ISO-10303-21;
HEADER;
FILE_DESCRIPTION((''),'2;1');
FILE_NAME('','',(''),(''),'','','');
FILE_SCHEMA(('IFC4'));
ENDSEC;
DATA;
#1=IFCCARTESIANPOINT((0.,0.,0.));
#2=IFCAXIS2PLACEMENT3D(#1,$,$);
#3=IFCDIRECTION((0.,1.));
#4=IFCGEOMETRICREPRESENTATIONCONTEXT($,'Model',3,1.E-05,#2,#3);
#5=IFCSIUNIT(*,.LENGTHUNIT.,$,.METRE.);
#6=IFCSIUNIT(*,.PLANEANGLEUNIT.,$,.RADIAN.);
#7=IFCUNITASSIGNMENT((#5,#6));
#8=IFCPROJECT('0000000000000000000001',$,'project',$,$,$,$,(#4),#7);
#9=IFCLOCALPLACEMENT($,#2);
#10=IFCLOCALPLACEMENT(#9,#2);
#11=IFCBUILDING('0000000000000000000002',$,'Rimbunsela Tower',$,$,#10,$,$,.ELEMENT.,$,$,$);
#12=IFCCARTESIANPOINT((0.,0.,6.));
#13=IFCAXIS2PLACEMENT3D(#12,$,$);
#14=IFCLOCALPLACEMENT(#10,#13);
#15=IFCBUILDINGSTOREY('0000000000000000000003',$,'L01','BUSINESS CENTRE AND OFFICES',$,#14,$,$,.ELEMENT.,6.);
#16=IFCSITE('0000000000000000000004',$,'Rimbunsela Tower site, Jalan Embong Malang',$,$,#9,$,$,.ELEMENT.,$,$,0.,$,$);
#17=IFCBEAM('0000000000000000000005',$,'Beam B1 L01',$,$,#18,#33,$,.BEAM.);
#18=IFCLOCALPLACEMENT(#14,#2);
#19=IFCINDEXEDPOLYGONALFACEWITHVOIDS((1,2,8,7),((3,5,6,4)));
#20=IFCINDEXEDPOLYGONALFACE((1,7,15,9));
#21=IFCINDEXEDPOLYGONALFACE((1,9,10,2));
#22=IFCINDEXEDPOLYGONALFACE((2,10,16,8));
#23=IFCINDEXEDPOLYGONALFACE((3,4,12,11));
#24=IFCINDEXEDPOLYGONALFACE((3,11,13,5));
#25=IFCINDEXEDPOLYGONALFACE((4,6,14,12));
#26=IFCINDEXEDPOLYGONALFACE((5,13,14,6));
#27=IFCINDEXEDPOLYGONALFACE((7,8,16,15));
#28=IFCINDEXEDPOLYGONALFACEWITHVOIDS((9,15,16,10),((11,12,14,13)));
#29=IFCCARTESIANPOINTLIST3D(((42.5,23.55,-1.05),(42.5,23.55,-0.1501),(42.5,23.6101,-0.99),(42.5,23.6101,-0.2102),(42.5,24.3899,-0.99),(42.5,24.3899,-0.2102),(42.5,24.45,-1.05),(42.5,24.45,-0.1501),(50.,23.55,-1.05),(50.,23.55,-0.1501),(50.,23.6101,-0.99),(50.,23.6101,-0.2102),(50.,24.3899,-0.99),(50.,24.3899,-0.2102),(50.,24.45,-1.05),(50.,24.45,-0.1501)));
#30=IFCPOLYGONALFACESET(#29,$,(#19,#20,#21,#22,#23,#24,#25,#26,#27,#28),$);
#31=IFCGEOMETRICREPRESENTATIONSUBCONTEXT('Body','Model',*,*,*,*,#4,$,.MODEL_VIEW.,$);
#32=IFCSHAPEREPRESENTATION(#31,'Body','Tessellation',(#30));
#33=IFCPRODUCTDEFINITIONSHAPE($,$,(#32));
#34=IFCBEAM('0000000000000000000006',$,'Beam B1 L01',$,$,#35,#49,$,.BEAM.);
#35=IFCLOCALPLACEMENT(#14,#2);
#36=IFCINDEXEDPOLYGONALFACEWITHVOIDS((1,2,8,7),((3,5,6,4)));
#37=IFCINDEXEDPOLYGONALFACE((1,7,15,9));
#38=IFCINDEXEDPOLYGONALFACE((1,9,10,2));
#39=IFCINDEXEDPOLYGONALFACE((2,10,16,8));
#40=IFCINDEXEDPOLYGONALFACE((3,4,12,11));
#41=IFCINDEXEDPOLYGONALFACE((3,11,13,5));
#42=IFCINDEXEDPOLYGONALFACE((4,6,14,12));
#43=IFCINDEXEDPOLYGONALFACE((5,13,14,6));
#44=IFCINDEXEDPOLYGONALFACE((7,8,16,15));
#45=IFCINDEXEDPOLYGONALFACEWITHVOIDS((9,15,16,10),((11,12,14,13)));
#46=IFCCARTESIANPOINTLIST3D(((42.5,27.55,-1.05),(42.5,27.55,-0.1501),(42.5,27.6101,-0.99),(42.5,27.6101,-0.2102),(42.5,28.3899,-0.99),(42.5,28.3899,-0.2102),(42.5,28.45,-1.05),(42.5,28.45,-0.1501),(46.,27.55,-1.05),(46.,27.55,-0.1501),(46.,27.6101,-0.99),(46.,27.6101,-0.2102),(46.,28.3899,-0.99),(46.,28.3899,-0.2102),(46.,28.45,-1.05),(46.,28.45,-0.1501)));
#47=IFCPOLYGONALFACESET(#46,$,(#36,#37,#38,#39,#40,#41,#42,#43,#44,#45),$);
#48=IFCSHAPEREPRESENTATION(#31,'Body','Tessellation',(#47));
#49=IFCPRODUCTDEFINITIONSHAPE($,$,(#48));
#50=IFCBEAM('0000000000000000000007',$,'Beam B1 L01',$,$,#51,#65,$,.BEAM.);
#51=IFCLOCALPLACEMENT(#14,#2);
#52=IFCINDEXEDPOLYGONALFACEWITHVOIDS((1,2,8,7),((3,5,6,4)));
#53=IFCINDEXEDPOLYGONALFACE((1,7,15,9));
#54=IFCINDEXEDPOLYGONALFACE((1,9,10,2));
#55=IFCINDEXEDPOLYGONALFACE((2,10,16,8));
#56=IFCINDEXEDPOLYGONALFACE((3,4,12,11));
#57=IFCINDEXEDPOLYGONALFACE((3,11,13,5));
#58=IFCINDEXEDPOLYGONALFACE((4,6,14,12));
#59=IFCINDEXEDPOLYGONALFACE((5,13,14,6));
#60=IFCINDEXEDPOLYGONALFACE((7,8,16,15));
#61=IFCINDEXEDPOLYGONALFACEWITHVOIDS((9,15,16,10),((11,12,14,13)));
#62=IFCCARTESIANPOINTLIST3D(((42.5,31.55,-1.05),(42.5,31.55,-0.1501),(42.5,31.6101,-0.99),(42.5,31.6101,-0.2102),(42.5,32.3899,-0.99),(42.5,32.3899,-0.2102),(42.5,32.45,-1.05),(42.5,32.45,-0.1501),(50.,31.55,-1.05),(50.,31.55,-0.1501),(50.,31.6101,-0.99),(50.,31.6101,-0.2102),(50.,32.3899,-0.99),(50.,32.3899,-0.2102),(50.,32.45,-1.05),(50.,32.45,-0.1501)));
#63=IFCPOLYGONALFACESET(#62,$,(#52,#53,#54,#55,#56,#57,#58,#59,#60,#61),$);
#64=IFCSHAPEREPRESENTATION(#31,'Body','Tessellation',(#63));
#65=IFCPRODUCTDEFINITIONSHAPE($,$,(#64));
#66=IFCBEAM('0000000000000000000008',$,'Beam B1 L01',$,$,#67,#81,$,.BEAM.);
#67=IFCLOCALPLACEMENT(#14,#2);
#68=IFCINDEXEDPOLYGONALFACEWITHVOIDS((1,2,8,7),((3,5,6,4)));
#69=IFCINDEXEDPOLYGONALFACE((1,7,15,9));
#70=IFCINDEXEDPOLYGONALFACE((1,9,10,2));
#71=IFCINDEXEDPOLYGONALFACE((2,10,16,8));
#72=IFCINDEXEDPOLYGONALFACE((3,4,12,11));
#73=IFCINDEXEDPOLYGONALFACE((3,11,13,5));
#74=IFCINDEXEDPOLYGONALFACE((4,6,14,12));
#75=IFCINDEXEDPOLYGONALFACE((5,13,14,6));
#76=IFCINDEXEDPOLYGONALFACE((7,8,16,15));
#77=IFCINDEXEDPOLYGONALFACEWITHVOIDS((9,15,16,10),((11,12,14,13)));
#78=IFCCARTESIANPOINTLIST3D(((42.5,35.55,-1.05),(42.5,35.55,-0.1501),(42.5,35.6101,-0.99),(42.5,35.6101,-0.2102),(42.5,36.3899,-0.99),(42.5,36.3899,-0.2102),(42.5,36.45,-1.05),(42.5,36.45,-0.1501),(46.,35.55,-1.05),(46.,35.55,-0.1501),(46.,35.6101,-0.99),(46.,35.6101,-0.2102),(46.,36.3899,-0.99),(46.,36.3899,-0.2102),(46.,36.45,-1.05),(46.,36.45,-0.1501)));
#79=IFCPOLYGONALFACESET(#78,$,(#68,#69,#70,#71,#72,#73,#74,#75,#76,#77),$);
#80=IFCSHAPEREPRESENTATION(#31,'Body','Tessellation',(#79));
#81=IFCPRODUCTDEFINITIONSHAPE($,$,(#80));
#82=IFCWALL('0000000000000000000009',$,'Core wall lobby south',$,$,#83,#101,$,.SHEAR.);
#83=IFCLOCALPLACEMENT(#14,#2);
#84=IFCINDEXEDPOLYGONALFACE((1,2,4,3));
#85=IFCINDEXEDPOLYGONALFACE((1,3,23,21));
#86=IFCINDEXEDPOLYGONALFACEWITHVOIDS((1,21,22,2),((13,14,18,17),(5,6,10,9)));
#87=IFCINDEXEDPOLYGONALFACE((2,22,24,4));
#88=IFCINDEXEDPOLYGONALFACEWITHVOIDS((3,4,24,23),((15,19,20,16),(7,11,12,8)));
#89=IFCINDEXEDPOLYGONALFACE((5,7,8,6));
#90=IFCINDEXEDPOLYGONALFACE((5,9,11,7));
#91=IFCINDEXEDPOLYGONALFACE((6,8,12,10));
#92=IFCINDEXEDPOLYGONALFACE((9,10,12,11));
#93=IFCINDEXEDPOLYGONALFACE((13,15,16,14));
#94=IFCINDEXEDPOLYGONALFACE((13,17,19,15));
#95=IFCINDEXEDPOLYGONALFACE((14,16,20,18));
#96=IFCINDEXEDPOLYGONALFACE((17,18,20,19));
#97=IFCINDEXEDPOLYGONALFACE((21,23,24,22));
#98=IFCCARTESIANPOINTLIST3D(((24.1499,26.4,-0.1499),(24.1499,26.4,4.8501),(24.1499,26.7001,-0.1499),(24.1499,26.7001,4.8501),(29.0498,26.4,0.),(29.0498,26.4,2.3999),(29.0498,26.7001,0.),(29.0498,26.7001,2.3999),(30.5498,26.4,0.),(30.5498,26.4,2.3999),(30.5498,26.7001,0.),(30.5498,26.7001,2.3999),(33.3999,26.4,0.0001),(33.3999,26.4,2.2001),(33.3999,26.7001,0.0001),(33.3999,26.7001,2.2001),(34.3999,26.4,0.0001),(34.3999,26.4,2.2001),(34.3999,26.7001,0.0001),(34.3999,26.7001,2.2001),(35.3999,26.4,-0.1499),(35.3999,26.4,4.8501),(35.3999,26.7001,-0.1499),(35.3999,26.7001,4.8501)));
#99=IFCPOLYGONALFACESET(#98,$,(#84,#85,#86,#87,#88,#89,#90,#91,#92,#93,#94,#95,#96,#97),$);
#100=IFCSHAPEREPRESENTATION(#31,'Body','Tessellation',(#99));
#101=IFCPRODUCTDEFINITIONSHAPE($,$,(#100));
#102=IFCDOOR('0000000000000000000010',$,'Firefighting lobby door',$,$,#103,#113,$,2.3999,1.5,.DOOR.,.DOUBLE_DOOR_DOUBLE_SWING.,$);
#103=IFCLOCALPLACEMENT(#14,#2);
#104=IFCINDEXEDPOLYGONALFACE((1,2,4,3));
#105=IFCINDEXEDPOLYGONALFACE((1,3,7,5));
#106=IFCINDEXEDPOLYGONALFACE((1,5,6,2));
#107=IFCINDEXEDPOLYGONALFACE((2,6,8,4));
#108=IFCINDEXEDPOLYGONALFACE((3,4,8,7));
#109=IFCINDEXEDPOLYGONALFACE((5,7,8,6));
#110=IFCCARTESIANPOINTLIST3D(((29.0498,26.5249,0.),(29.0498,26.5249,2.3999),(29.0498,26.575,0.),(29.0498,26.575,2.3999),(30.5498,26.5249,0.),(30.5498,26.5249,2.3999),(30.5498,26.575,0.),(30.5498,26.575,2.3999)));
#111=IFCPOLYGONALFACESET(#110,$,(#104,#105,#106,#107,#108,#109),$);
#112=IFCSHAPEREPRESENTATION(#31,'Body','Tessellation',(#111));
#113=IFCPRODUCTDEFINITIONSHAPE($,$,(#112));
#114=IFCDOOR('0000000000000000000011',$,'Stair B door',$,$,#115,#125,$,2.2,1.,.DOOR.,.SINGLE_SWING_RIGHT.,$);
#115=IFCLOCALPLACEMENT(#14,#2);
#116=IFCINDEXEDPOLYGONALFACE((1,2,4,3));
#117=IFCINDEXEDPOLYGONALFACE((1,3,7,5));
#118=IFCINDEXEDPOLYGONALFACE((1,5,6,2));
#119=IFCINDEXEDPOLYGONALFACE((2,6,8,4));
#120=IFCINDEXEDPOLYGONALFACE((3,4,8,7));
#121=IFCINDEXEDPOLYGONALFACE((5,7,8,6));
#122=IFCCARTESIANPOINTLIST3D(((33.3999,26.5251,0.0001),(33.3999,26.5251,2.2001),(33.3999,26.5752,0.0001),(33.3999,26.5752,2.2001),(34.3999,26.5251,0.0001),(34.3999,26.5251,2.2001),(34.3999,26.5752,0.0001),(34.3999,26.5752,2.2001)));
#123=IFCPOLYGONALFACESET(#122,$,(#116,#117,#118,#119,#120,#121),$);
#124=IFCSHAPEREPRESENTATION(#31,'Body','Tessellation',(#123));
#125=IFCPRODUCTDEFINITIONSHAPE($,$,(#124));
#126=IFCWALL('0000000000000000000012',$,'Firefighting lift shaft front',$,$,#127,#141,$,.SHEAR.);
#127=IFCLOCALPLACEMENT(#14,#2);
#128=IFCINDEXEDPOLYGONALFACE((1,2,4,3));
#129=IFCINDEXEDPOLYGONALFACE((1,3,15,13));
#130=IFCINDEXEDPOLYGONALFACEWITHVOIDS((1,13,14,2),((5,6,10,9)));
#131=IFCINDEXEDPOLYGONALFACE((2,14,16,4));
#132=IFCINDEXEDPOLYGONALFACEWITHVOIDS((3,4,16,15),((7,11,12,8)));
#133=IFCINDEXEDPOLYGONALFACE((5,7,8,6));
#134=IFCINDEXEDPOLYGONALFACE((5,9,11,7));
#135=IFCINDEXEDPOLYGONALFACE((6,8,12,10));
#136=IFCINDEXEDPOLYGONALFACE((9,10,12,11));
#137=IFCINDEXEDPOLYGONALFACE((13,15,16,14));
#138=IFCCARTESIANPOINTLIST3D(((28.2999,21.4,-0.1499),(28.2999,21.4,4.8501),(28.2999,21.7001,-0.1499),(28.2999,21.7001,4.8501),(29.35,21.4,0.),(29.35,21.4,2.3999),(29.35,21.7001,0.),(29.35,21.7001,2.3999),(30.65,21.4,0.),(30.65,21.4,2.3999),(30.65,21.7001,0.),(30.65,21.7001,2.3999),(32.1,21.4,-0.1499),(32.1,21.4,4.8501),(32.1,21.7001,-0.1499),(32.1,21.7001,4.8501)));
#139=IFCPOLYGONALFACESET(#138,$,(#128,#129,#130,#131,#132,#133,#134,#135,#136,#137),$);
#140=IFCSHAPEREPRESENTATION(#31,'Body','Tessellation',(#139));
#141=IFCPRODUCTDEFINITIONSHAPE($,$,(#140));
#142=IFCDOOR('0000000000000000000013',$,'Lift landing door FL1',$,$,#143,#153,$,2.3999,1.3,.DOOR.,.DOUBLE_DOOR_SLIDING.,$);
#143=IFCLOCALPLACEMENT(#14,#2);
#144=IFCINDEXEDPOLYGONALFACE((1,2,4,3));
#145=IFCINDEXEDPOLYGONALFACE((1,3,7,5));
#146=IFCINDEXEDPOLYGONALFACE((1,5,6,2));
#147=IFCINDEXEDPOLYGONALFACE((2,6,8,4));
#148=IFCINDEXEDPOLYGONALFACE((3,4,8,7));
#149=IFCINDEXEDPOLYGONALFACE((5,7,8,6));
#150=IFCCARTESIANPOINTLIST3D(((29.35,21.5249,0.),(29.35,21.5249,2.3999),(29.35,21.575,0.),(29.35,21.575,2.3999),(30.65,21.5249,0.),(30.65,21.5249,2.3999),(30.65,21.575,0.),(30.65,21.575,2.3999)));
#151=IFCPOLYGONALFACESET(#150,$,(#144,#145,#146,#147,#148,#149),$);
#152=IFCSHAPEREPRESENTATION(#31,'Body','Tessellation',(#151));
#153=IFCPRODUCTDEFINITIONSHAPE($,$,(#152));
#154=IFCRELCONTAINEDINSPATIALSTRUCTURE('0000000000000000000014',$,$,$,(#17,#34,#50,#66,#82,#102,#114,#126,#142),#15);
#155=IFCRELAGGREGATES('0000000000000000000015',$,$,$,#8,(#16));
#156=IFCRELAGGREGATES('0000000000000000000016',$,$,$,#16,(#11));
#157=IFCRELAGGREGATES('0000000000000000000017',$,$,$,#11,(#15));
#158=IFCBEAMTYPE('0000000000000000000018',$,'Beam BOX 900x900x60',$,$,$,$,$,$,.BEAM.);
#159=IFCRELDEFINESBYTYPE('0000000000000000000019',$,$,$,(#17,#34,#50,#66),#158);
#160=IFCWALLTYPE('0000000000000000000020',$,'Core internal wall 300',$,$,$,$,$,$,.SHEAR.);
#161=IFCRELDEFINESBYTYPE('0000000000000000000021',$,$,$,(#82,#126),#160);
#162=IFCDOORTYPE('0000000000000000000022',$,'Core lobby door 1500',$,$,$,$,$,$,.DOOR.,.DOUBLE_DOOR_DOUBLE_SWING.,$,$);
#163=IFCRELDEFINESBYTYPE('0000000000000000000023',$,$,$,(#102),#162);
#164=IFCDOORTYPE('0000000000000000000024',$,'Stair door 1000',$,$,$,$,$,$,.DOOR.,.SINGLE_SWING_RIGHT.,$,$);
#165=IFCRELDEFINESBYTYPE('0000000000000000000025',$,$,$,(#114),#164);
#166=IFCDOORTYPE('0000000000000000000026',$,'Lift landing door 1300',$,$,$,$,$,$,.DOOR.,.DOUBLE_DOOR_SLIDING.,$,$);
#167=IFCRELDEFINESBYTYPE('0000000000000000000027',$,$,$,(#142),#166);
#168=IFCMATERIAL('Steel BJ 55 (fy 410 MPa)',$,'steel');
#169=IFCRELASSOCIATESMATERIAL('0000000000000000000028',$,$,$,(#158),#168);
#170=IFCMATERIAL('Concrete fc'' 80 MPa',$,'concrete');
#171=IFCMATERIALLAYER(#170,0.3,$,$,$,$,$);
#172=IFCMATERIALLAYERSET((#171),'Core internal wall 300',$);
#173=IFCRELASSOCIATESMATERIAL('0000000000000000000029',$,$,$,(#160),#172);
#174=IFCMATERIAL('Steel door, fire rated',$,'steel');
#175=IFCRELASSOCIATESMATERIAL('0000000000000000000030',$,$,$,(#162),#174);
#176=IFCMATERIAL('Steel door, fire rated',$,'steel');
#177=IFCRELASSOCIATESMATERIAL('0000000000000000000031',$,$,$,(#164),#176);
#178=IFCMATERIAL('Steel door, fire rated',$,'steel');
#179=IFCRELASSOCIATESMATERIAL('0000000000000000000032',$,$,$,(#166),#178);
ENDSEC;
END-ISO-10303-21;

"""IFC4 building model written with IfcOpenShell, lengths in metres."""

from ifc_helpers import new_model, si_unit, direction, frame, frame_2d, origin, origin_2d, place, context, subcontext, project, spatial, rectangle, hollow_rectangle, extrude, material, layer, layer_set, material_profile, profile_set, type_object, element, fill, save


model = new_model("IFC4")

# Units and contexts
model_context = context("Model", 3, precision=1e-05, world=origin(), true_north=direction((0.0, 1.0)))
body_context = subcontext(model_context, "Body", "Model", "MODEL_VIEW")
ifc_project = project(units=[si_unit("LENGTHUNIT", "METRE"), si_unit("PLANEANGLEUNIT", "RADIAN")], contexts=[model_context])

# Site, building, storey
site_placement = place(None, origin())
site = spatial("IfcSite", under=ifc_project, at=site_placement, Name="Rimbunsela Tower site, Jalan Embong Malang", CompositionType="ELEMENT", RefElevation=0.0)
building_placement = place(site_placement, origin())
building = spatial("IfcBuilding", under=site, at=building_placement, Name="Rimbunsela Tower", CompositionType="ELEMENT")
storey_placement = place(building_placement, frame((0.0, 0.0, 6.0)))
storey = spatial("IfcBuildingStorey", under=building, at=storey_placement, Name="L01", Description="BUSINESS CENTRE AND OFFICES", CompositionType="ELEMENT", Elevation=6.0)

# Beams
ifc_material_1 = material(Name="Steel BJ 55 (fy 410 MPa)", Category="steel")
ifc_material_profile = material_profile(ifc_material_1, hollow_rectangle(XDim=0.8999, YDim=0.8999, WallThickness=0.0601, at=origin_2d()), Name="BOX 900x900x60")
ifc_profile_set = profile_set([ifc_material_profile], Name="Steel BJ 55 (fy 410 MPa)")
beam_type = type_object("IfcBeamType", Name="Beam BOX 900x900x60", PredefinedType="BEAM", material=ifc_profile_set)
beam_1_placement = place(storey_placement, frame((42.5, 24.0, -0.6001), z_axis=(1.0, 0.0, 0.0), x_axis=(0.0, 1.0, 0.0)))
element("IfcBeam", 1, at=beam_1_placement, inside=storey, type_object=beam_type, Name="Beam B1 L01", PredefinedType="BEAM", context=body_context, shape_type="SweptSolid", body=[
    extrude(hollow_rectangle(XDim=0.8999, YDim=0.8999, WallThickness=0.0601, at=origin_2d()), origin(), (0.0, 0.0, 1.0), 7.5),
])
beam_2_placement = place(storey_placement, frame((42.5, 28.0, -0.6001), z_axis=(1.0, 0.0, 0.0), x_axis=(0.0, 1.0, 0.0)))
element("IfcBeam", 2, at=beam_2_placement, inside=storey, type_object=beam_type, Name="Beam B1 L01", PredefinedType="BEAM", context=body_context, shape_type="SweptSolid", body=[
    extrude(hollow_rectangle(XDim=0.8999, YDim=0.8999, WallThickness=0.0601, at=origin_2d()), origin(), (0.0, 0.0, 1.0), 3.5),
])
beam_3_placement = place(storey_placement, frame((42.5, 32.0, -0.6001), z_axis=(1.0, 0.0, 0.0), x_axis=(0.0, 1.0, 0.0)))
element("IfcBeam", 3, at=beam_3_placement, inside=storey, type_object=beam_type, Name="Beam B1 L01", PredefinedType="BEAM", context=body_context, shape_type="SweptSolid", body=[
    extrude(hollow_rectangle(XDim=0.8999, YDim=0.8999, WallThickness=0.0601, at=origin_2d()), origin(), (0.0, 0.0, 1.0), 7.5),
])
beam_4_placement = place(storey_placement, frame((42.5, 36.0, -0.6001), z_axis=(1.0, 0.0, 0.0), x_axis=(0.0, 1.0, 0.0)))
element("IfcBeam", 4, at=beam_4_placement, inside=storey, type_object=beam_type, Name="Beam B1 L01", PredefinedType="BEAM", context=body_context, shape_type="SweptSolid", body=[
    extrude(hollow_rectangle(XDim=0.8999, YDim=0.8999, WallThickness=0.0601, at=origin_2d()), origin(), (0.0, 0.0, 1.0), 3.5),
])

# Wall, openings, doors
ifc_material_2 = material(Name="Concrete fc' 80 MPa", Category="concrete")
ifc_layer_1 = layer(ifc_material_2, 0.3)
ifc_layer_set_1 = layer_set([ifc_layer_1], Name="Core internal wall 300")
wall_type_1 = type_object("IfcWallType", Name="Core internal wall 300", PredefinedType="SHEAR", material=ifc_layer_set_1)
wall_1_placement = place(storey_placement, frame((24.1499, 26.55, -0.1499), z_axis=(0.0, 0.0, 1.0), x_axis=(1.0, 0.0, 0.0)))
wall_1 = element("IfcWall", 5, at=wall_1_placement, inside=storey, type_object=wall_type_1, Name="Core wall lobby south", PredefinedType="SHEAR", context=body_context, shape_type="SweptSolid", body=[
    extrude(rectangle(XDim=11.25, YDim=0.3, at=frame_2d((5.625, 0.0))), origin(), (0.0, 0.0, 1.0), 5.0),
])
opening_1_placement = place(wall_1_placement, frame((9.25, 0.0, 0.1499)))
opening_1 = element("IfcOpeningElement", 6, at=opening_1_placement, cuts=wall_1, PredefinedType="OPENING", context=body_context, shape_type="SweptSolid", body=[
    extrude(rectangle(XDim=1.0, YDim=2.2, at=frame_2d((0.5, 1.1001))), frame((0.0, 0.1599, 0.0), z_axis=(0.0, -1.0, 0.0), x_axis=(1.0, 0.0, 0.0)), (0.0, 0.0, 1.0), 0.3201),
])
opening_2_placement = place(wall_1_placement, frame((4.8999, 0.0, 0.1499)))
opening_2 = element("IfcOpeningElement", 7, at=opening_2_placement, cuts=wall_1, PredefinedType="OPENING", context=body_context, shape_type="SweptSolid", body=[
    extrude(rectangle(XDim=1.5, YDim=2.3999, at=frame_2d((0.75, 1.2))), frame((0.0, 0.1599, 0.0), z_axis=(0.0, -1.0, 0.0), x_axis=(1.0, 0.0, 0.0)), (0.0, 0.0, 1.0), 0.3201),
])
ifc_material_3 = material(Name="Steel door, fire rated", Category="steel")
door_type_1 = type_object("IfcDoorType", Name="Core lobby door 1500", OperationType="DOUBLE_DOOR_DOUBLE_SWING", PredefinedType="DOOR", material=ifc_material_3)
door_1_placement = place(opening_2_placement, origin())
door_1 = element("IfcDoor", 8, at=door_1_placement, inside=storey, type_object=door_type_1, Name="Firefighting lobby door", OperationType="DOUBLE_DOOR_DOUBLE_SWING", OverallHeight=2.3999, OverallWidth=1.5, PredefinedType="DOOR", context=body_context, shape_type="SweptSolid", body=[
    extrude(rectangle(XDim=1.5, YDim=2.3999, at=frame_2d((0.75, 1.2))), frame((0.0, 0.0249, 0.0), z_axis=(0.0, -1.0, 0.0), x_axis=(1.0, 0.0, 0.0)), (0.0, 0.0, 1.0), 0.05),
])
fill(opening_2, door_1)
ifc_material_4 = material(Name="Steel door, fire rated", Category="steel")
door_type_2 = type_object("IfcDoorType", Name="Stair door 1000", OperationType="SINGLE_SWING_RIGHT", PredefinedType="DOOR", material=ifc_material_4)
door_2_placement = place(opening_1_placement, frame((1.0, 0.0, 0.0), z_axis=(0.0, 0.0, 1.0), x_axis=(-1.0, 0.0, 0.0)))
door_2 = element("IfcDoor", 9, at=door_2_placement, inside=storey, type_object=door_type_2, Name="Stair B door", OperationType="SINGLE_SWING_RIGHT", OverallHeight=2.2, OverallWidth=1.0, PredefinedType="DOOR", context=body_context, shape_type="SweptSolid", body=[
    extrude(rectangle(XDim=1.0, YDim=2.2, at=frame_2d((0.5, 1.1001))), frame((0.0, 0.0249, 0.0), z_axis=(0.0, -1.0, 0.0), x_axis=(1.0, 0.0, 0.0)), (0.0, 0.0, 1.0), 0.05),
])
fill(opening_1, door_2)

# Wall, opening, door
wall_2_placement = place(storey_placement, frame((28.3, 21.55, -0.1499), z_axis=(0.0, 0.0, 1.0), x_axis=(1.0, 0.0, 0.0)))
wall_2 = element("IfcWall", 10, at=wall_2_placement, inside=storey, type_object=wall_type_1, Name="Firefighting lift shaft front", PredefinedType="SHEAR", context=body_context, shape_type="SweptSolid", body=[
    extrude(rectangle(XDim=3.8, YDim=0.3, at=frame_2d((1.8999, 0.0))), origin(), (0.0, 0.0, 1.0), 5.0),
])
opening_3_placement = place(wall_2_placement, frame((1.05, 0.0, 0.1499)))
opening_3 = element("IfcOpeningElement", 11, at=opening_3_placement, cuts=wall_2, PredefinedType="OPENING", context=body_context, shape_type="SweptSolid", body=[
    extrude(rectangle(XDim=1.3, YDim=2.3999, at=frame_2d((0.6499, 1.2))), frame((0.0, 0.1599, 0.0), z_axis=(0.0, -1.0, 0.0), x_axis=(1.0, 0.0, 0.0)), (0.0, 0.0, 1.0), 0.3201),
])
ifc_material_5 = material(Name="Steel door, fire rated", Category="steel")
door_type_3 = type_object("IfcDoorType", Name="Lift landing door 1300", OperationType="DOUBLE_DOOR_SLIDING", PredefinedType="DOOR", material=ifc_material_5)
door_3_placement = place(opening_3_placement, origin())
door_3 = element("IfcDoor", 12, at=door_3_placement, inside=storey, type_object=door_type_3, Name="Lift landing door FL1", OperationType="DOUBLE_DOOR_SLIDING", OverallHeight=2.3999, OverallWidth=1.3, PredefinedType="DOOR", context=body_context, shape_type="SweptSolid", body=[
    extrude(rectangle(XDim=1.3, YDim=2.3999, at=frame_2d((0.6499, 1.2))), frame((0.0, 0.0249, 0.0), z_axis=(0.0, -1.0, 0.0), x_axis=(1.0, 0.0, 0.0)), (0.0, 0.0, 1.0), 0.05),
])
fill(opening_3, door_3)

save(model, "model.ifc")
